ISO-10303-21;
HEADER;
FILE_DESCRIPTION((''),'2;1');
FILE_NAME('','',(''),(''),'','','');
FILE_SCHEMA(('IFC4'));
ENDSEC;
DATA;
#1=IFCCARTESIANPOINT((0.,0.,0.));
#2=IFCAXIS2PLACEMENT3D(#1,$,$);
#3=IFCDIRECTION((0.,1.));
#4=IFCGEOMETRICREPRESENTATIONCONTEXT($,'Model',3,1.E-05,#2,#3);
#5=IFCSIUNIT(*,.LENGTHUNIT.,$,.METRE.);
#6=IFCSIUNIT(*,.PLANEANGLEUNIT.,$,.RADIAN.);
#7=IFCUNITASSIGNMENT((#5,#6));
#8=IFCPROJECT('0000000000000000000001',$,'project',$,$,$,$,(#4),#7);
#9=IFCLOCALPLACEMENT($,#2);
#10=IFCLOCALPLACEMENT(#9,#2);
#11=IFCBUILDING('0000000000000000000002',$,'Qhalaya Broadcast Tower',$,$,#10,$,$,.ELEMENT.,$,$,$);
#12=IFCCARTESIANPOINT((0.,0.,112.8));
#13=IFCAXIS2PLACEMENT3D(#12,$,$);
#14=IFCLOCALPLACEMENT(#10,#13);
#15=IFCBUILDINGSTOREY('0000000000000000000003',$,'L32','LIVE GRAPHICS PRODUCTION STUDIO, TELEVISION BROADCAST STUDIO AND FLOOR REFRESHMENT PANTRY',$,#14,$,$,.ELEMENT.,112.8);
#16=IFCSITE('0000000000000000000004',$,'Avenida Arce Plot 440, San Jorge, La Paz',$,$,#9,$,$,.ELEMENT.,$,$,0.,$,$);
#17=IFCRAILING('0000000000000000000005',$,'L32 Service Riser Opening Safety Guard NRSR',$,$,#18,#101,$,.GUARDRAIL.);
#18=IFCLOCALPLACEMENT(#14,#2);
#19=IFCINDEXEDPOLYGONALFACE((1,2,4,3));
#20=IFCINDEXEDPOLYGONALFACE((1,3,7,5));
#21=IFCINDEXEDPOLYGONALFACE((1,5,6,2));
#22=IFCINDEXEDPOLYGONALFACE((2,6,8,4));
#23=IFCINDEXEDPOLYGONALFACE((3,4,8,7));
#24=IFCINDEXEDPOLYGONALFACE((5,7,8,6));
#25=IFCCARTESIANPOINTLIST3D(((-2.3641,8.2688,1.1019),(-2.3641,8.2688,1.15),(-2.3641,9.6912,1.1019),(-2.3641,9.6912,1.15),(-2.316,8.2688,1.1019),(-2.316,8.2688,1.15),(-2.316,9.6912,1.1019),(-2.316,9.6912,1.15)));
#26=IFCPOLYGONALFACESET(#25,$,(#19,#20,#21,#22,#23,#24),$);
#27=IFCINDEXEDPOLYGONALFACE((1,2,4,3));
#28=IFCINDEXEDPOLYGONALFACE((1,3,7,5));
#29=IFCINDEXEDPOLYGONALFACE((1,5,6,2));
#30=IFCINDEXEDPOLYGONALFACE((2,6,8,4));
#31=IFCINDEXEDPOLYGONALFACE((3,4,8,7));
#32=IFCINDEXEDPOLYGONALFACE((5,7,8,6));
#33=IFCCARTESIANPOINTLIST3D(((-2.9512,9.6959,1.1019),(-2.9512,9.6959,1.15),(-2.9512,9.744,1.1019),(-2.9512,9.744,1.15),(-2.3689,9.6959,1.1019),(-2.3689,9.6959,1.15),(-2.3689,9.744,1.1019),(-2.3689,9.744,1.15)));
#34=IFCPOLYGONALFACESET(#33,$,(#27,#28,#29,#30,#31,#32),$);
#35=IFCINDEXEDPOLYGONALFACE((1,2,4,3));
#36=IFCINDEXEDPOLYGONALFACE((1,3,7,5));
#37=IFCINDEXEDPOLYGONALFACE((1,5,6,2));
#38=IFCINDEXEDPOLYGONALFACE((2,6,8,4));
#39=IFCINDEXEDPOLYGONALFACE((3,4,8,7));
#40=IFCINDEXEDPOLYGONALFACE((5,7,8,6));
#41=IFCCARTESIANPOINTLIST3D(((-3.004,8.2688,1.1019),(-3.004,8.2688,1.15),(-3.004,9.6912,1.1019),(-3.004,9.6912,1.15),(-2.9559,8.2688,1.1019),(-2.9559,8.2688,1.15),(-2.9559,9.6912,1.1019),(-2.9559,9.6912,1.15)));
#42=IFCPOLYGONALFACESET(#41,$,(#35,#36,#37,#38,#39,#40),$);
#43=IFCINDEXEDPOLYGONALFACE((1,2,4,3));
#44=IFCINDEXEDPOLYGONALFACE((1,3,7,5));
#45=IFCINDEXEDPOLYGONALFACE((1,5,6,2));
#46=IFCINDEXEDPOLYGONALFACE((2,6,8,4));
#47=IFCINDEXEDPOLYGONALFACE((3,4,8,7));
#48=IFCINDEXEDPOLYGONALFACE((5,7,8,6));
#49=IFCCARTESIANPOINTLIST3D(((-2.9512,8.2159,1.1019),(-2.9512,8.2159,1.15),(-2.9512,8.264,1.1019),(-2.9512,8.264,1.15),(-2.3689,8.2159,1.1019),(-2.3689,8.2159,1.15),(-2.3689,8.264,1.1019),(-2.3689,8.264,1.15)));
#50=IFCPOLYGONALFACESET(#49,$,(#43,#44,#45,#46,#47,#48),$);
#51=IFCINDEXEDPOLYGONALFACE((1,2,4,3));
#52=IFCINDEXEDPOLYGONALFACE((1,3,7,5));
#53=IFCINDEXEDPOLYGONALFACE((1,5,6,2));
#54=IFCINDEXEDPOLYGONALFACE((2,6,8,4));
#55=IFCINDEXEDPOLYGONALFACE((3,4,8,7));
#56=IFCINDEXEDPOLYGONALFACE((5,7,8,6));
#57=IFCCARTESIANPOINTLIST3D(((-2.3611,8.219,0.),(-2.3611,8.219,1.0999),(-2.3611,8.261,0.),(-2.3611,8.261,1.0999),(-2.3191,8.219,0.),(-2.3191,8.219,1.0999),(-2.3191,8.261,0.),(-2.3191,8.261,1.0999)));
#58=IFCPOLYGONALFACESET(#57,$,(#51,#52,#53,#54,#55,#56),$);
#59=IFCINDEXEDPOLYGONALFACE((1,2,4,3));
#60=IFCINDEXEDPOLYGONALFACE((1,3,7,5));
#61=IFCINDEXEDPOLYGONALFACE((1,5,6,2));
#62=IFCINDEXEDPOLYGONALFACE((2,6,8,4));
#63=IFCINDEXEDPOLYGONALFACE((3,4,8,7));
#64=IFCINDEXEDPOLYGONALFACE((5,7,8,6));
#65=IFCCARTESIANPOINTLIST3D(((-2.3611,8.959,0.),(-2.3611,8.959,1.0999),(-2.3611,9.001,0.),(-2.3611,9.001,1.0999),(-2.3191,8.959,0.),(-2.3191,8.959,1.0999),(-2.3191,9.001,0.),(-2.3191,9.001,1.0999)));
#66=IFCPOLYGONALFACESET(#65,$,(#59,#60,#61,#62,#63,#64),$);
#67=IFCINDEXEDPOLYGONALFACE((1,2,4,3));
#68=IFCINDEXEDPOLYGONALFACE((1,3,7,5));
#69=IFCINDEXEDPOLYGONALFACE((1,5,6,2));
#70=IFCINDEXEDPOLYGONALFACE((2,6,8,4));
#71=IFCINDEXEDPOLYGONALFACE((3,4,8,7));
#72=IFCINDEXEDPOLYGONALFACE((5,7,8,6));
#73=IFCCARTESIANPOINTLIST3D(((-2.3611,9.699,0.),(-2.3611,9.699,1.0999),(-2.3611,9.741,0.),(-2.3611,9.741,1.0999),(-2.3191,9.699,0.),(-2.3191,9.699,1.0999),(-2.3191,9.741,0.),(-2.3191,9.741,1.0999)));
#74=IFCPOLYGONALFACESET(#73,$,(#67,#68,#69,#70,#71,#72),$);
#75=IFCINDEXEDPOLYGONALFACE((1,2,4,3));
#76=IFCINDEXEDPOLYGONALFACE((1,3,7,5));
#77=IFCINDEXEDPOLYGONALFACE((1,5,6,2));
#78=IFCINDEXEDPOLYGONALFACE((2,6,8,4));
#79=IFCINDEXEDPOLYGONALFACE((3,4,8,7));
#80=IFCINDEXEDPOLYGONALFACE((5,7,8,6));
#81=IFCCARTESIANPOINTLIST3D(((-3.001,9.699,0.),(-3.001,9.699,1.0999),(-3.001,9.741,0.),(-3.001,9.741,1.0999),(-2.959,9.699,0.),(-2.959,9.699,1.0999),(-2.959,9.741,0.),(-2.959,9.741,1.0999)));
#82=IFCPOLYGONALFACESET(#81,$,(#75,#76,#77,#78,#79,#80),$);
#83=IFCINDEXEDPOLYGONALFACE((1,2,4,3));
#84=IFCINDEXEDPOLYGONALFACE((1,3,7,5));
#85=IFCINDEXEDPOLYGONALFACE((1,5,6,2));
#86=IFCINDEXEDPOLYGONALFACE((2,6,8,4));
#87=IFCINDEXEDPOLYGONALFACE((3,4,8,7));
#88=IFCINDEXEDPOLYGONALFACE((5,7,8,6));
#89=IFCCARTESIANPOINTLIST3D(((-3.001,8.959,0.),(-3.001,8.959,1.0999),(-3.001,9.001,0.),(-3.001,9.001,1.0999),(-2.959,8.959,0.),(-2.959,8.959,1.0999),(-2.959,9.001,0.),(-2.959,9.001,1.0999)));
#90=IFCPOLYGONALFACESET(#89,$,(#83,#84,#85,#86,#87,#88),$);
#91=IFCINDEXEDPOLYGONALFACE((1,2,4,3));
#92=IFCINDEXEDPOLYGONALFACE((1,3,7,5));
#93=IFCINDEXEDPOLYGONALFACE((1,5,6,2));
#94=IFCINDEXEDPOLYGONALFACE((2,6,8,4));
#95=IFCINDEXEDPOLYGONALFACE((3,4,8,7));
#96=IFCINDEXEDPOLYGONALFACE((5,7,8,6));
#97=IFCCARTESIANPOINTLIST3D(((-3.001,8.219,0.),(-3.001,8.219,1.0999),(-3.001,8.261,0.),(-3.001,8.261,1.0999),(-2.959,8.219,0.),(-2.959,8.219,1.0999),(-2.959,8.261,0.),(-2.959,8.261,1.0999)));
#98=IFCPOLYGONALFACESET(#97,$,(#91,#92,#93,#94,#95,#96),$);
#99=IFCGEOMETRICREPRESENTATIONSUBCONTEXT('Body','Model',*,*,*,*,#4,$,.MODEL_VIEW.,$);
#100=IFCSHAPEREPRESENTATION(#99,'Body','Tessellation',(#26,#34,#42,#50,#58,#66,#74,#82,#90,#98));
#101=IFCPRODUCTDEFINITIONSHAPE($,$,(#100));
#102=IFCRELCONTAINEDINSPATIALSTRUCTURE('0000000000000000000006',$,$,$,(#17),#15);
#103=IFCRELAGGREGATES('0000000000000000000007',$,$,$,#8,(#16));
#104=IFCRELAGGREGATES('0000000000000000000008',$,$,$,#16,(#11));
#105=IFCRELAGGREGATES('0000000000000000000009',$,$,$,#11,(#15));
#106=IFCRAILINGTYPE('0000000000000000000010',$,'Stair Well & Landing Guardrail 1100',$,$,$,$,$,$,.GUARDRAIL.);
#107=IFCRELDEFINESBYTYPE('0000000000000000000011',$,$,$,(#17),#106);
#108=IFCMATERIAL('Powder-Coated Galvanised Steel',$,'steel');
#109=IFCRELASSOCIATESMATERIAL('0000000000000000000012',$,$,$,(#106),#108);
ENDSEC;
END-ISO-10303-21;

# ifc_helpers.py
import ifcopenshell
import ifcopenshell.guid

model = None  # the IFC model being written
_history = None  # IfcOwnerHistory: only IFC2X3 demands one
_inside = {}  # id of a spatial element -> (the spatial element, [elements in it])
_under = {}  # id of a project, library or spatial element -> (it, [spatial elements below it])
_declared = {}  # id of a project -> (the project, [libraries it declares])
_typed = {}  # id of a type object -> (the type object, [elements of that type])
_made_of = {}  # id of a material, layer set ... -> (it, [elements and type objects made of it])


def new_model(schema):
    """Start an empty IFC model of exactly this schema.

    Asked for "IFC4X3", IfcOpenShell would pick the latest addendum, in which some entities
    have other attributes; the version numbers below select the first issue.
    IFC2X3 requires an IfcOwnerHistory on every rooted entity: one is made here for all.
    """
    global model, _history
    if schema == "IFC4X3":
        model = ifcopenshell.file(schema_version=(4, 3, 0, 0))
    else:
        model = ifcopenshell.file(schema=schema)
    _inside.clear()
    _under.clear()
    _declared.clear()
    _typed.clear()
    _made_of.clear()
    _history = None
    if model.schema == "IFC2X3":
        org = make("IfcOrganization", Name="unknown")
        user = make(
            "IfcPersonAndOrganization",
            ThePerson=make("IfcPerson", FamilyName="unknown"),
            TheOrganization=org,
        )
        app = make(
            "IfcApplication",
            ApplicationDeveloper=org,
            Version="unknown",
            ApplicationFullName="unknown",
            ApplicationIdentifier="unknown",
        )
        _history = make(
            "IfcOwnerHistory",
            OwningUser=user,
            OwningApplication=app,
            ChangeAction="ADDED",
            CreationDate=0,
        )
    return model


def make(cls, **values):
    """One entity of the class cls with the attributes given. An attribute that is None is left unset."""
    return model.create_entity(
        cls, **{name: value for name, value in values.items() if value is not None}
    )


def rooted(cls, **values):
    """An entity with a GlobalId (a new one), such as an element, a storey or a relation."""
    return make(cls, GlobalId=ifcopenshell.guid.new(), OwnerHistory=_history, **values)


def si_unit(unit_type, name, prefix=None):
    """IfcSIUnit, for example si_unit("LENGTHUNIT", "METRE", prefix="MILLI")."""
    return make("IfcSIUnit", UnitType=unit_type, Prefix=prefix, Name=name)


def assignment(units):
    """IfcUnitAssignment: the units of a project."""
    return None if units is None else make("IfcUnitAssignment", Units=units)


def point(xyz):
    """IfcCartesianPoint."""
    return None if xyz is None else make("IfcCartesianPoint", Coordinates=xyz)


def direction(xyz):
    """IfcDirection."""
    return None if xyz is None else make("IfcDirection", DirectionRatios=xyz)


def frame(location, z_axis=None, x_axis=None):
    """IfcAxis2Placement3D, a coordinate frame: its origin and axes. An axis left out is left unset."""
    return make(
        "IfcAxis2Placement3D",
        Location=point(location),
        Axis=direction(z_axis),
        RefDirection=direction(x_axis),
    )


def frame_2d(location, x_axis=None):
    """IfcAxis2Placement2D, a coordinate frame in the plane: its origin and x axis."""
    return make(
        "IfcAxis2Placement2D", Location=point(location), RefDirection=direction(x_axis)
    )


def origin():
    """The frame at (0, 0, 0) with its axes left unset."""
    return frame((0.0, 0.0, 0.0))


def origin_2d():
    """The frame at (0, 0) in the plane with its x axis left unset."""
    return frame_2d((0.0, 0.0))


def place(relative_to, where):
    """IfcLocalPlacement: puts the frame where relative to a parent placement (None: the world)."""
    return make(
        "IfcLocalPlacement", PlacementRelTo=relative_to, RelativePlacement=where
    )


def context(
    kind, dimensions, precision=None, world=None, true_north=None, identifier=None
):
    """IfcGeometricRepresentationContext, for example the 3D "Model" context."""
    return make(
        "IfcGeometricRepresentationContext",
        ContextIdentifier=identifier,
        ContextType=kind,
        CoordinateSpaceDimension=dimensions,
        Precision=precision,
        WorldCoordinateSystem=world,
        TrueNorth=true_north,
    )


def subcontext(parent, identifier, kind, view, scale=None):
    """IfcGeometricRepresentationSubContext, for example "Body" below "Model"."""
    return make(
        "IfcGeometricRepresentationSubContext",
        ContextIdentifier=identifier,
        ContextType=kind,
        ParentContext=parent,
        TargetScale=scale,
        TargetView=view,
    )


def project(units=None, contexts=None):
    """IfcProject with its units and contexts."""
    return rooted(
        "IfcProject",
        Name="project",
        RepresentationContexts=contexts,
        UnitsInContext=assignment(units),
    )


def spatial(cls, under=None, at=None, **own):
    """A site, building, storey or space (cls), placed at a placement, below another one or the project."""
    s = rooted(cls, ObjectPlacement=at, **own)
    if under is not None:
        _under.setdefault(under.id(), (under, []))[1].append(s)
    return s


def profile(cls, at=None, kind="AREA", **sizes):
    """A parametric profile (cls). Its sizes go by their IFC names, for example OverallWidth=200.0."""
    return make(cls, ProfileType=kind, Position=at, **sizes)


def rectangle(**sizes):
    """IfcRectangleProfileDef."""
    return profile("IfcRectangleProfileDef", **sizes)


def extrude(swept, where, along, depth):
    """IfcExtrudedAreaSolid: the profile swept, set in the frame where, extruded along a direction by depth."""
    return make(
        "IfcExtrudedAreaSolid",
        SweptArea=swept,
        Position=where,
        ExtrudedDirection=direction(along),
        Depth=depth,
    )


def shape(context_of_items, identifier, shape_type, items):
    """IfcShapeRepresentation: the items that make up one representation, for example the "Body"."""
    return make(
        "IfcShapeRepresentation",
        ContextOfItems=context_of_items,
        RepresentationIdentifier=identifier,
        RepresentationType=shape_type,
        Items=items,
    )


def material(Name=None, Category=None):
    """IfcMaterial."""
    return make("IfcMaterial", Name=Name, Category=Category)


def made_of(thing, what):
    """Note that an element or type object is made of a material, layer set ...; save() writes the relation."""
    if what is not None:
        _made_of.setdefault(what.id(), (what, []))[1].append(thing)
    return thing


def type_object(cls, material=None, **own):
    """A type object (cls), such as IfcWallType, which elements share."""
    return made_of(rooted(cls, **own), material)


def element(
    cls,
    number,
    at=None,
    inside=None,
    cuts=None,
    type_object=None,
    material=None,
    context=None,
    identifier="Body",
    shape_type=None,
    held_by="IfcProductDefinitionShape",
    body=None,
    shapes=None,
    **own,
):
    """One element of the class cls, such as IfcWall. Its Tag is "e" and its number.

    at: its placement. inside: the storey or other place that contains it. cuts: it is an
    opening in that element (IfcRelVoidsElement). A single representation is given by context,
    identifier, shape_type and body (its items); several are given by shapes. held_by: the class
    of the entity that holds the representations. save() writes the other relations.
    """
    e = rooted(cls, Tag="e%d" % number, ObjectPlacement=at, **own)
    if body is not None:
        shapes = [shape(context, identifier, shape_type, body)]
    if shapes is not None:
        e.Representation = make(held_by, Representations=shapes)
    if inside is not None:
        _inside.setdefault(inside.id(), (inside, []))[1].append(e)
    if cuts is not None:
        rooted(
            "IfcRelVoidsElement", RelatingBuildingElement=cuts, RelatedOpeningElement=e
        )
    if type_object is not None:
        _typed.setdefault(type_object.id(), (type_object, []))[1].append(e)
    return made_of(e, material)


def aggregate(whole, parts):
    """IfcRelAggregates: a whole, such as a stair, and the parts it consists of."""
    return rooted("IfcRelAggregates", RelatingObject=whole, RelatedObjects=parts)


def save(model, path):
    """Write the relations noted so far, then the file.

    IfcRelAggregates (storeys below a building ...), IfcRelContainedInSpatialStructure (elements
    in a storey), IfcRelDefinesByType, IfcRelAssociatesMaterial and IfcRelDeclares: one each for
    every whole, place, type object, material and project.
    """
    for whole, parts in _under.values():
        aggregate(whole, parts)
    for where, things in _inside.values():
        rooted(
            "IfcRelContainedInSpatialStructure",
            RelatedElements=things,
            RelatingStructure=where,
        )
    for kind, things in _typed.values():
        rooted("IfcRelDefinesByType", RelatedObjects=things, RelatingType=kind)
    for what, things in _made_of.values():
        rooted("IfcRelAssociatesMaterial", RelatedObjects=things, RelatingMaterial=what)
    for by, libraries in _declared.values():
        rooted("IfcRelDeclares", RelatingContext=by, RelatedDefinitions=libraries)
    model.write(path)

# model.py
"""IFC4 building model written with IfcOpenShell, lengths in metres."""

from ifc_helpers import new_model, si_unit, direction, frame, origin, origin_2d, place, context, subcontext, project, spatial, rectangle, extrude, material, type_object, element, save


model = new_model("IFC4")

# Units and contexts
model_context = context("Model", 3, precision=1e-05, world=origin(), true_north=direction((0.0, 1.0)))
body_context = subcontext(model_context, "Body", "Model", "MODEL_VIEW")
ifc_project = project(units=[si_unit("LENGTHUNIT", "METRE"), si_unit("PLANEANGLEUNIT", "RADIAN")], contexts=[model_context])

# Site, building, storey
site_placement = place(None, origin())
site = spatial("IfcSite", under=ifc_project, at=site_placement, Name="Avenida Arce Plot 440, San Jorge, La Paz", CompositionType="ELEMENT", RefElevation=0.0)
building_placement = place(site_placement, origin())
building = spatial("IfcBuilding", under=site, at=building_placement, Name="Qhalaya Broadcast Tower", CompositionType="ELEMENT")
storey_placement = place(building_placement, frame((0.0, 0.0, 112.8)))
storey = spatial("IfcBuildingStorey", under=building, at=storey_placement, Name="L32", Description="LIVE GRAPHICS PRODUCTION STUDIO, TELEVISION BROADCAST STUDIO AND FLOOR REFRESHMENT PANTRY", CompositionType="ELEMENT", Elevation=112.8)

# Railing
ifc_material_1 = material(Name="Powder-Coated Galvanised Steel", Category="steel")
railing_type = type_object("IfcRailingType", Name="Stair Well & Landing Guardrail 1100", PredefinedType="GUARDRAIL", material=ifc_material_1)
railing_placement = place(storey_placement, frame((-2.3401, 8.24, 0.0)))
element("IfcRailing", 1, at=railing_placement, inside=storey, type_object=railing_type, Name="L32 Service Riser Opening Safety Guard NRSR", PredefinedType="GUARDRAIL", context=body_context, shape_type="SweptSolid", body=[
    extrude(rectangle(XDim=0.0481, YDim=0.0481, at=origin_2d()), frame((0.0, 0.0288, 1.126), z_axis=(0.0, 1.0, 0.0), x_axis=(-1.0, 0.0, 0.0)), (0.0, 0.0, 1.0), 1.4224),
    extrude(rectangle(XDim=0.0481, YDim=0.0481, at=origin_2d()), frame((-0.0288, 1.48, 1.126), z_axis=(-1.0, 0.0, 0.0), x_axis=(0.0, -1.0, 0.0)), (0.0, 0.0, 1.0), 0.5823),
    extrude(rectangle(XDim=0.0481, YDim=0.0481, at=origin_2d()), frame((-0.6399, 1.4512, 1.126), z_axis=(0.0, -1.0, 0.0), x_axis=(1.0, 0.0, 0.0)), (0.0, 0.0, 1.0), 1.4224),
    extrude(rectangle(XDim=0.0481, YDim=0.0481, at=origin_2d()), frame((-0.6111, 0.0, 1.126), z_axis=(1.0, 0.0, 0.0), x_axis=(0.0, 1.0, 0.0)), (0.0, 0.0, 1.0), 0.5823),
    extrude(rectangle(XDim=0.042, YDim=0.042, at=origin_2d()), origin(), (0.0, 0.0, 1.0), 1.0999),
    extrude(rectangle(XDim=0.042, YDim=0.042, at=origin_2d()), frame((0.0, 0.74, 0.0)), (0.0, 0.0, 1.0), 1.0999),
    extrude(rectangle(XDim=0.042, YDim=0.042, at=origin_2d()), frame((0.0, 1.48, 0.0)), (0.0, 0.0, 1.0), 1.0999),
    extrude(rectangle(XDim=0.042, YDim=0.042, at=origin_2d()), frame((-0.6399, 1.48, 0.0)), (0.0, 0.0, 1.0), 1.0999),
    extrude(rectangle(XDim=0.042, YDim=0.042, at=origin_2d()), frame((-0.6399, 0.74, 0.0)), (0.0, 0.0, 1.0), 1.0999),
    extrude(rectangle(XDim=0.042, YDim=0.042, at=origin_2d()), frame((-0.6399, 0.0, 0.0)), (0.0, 0.0, 1.0), 1.0999),
])

save(model, "model.ifc")
